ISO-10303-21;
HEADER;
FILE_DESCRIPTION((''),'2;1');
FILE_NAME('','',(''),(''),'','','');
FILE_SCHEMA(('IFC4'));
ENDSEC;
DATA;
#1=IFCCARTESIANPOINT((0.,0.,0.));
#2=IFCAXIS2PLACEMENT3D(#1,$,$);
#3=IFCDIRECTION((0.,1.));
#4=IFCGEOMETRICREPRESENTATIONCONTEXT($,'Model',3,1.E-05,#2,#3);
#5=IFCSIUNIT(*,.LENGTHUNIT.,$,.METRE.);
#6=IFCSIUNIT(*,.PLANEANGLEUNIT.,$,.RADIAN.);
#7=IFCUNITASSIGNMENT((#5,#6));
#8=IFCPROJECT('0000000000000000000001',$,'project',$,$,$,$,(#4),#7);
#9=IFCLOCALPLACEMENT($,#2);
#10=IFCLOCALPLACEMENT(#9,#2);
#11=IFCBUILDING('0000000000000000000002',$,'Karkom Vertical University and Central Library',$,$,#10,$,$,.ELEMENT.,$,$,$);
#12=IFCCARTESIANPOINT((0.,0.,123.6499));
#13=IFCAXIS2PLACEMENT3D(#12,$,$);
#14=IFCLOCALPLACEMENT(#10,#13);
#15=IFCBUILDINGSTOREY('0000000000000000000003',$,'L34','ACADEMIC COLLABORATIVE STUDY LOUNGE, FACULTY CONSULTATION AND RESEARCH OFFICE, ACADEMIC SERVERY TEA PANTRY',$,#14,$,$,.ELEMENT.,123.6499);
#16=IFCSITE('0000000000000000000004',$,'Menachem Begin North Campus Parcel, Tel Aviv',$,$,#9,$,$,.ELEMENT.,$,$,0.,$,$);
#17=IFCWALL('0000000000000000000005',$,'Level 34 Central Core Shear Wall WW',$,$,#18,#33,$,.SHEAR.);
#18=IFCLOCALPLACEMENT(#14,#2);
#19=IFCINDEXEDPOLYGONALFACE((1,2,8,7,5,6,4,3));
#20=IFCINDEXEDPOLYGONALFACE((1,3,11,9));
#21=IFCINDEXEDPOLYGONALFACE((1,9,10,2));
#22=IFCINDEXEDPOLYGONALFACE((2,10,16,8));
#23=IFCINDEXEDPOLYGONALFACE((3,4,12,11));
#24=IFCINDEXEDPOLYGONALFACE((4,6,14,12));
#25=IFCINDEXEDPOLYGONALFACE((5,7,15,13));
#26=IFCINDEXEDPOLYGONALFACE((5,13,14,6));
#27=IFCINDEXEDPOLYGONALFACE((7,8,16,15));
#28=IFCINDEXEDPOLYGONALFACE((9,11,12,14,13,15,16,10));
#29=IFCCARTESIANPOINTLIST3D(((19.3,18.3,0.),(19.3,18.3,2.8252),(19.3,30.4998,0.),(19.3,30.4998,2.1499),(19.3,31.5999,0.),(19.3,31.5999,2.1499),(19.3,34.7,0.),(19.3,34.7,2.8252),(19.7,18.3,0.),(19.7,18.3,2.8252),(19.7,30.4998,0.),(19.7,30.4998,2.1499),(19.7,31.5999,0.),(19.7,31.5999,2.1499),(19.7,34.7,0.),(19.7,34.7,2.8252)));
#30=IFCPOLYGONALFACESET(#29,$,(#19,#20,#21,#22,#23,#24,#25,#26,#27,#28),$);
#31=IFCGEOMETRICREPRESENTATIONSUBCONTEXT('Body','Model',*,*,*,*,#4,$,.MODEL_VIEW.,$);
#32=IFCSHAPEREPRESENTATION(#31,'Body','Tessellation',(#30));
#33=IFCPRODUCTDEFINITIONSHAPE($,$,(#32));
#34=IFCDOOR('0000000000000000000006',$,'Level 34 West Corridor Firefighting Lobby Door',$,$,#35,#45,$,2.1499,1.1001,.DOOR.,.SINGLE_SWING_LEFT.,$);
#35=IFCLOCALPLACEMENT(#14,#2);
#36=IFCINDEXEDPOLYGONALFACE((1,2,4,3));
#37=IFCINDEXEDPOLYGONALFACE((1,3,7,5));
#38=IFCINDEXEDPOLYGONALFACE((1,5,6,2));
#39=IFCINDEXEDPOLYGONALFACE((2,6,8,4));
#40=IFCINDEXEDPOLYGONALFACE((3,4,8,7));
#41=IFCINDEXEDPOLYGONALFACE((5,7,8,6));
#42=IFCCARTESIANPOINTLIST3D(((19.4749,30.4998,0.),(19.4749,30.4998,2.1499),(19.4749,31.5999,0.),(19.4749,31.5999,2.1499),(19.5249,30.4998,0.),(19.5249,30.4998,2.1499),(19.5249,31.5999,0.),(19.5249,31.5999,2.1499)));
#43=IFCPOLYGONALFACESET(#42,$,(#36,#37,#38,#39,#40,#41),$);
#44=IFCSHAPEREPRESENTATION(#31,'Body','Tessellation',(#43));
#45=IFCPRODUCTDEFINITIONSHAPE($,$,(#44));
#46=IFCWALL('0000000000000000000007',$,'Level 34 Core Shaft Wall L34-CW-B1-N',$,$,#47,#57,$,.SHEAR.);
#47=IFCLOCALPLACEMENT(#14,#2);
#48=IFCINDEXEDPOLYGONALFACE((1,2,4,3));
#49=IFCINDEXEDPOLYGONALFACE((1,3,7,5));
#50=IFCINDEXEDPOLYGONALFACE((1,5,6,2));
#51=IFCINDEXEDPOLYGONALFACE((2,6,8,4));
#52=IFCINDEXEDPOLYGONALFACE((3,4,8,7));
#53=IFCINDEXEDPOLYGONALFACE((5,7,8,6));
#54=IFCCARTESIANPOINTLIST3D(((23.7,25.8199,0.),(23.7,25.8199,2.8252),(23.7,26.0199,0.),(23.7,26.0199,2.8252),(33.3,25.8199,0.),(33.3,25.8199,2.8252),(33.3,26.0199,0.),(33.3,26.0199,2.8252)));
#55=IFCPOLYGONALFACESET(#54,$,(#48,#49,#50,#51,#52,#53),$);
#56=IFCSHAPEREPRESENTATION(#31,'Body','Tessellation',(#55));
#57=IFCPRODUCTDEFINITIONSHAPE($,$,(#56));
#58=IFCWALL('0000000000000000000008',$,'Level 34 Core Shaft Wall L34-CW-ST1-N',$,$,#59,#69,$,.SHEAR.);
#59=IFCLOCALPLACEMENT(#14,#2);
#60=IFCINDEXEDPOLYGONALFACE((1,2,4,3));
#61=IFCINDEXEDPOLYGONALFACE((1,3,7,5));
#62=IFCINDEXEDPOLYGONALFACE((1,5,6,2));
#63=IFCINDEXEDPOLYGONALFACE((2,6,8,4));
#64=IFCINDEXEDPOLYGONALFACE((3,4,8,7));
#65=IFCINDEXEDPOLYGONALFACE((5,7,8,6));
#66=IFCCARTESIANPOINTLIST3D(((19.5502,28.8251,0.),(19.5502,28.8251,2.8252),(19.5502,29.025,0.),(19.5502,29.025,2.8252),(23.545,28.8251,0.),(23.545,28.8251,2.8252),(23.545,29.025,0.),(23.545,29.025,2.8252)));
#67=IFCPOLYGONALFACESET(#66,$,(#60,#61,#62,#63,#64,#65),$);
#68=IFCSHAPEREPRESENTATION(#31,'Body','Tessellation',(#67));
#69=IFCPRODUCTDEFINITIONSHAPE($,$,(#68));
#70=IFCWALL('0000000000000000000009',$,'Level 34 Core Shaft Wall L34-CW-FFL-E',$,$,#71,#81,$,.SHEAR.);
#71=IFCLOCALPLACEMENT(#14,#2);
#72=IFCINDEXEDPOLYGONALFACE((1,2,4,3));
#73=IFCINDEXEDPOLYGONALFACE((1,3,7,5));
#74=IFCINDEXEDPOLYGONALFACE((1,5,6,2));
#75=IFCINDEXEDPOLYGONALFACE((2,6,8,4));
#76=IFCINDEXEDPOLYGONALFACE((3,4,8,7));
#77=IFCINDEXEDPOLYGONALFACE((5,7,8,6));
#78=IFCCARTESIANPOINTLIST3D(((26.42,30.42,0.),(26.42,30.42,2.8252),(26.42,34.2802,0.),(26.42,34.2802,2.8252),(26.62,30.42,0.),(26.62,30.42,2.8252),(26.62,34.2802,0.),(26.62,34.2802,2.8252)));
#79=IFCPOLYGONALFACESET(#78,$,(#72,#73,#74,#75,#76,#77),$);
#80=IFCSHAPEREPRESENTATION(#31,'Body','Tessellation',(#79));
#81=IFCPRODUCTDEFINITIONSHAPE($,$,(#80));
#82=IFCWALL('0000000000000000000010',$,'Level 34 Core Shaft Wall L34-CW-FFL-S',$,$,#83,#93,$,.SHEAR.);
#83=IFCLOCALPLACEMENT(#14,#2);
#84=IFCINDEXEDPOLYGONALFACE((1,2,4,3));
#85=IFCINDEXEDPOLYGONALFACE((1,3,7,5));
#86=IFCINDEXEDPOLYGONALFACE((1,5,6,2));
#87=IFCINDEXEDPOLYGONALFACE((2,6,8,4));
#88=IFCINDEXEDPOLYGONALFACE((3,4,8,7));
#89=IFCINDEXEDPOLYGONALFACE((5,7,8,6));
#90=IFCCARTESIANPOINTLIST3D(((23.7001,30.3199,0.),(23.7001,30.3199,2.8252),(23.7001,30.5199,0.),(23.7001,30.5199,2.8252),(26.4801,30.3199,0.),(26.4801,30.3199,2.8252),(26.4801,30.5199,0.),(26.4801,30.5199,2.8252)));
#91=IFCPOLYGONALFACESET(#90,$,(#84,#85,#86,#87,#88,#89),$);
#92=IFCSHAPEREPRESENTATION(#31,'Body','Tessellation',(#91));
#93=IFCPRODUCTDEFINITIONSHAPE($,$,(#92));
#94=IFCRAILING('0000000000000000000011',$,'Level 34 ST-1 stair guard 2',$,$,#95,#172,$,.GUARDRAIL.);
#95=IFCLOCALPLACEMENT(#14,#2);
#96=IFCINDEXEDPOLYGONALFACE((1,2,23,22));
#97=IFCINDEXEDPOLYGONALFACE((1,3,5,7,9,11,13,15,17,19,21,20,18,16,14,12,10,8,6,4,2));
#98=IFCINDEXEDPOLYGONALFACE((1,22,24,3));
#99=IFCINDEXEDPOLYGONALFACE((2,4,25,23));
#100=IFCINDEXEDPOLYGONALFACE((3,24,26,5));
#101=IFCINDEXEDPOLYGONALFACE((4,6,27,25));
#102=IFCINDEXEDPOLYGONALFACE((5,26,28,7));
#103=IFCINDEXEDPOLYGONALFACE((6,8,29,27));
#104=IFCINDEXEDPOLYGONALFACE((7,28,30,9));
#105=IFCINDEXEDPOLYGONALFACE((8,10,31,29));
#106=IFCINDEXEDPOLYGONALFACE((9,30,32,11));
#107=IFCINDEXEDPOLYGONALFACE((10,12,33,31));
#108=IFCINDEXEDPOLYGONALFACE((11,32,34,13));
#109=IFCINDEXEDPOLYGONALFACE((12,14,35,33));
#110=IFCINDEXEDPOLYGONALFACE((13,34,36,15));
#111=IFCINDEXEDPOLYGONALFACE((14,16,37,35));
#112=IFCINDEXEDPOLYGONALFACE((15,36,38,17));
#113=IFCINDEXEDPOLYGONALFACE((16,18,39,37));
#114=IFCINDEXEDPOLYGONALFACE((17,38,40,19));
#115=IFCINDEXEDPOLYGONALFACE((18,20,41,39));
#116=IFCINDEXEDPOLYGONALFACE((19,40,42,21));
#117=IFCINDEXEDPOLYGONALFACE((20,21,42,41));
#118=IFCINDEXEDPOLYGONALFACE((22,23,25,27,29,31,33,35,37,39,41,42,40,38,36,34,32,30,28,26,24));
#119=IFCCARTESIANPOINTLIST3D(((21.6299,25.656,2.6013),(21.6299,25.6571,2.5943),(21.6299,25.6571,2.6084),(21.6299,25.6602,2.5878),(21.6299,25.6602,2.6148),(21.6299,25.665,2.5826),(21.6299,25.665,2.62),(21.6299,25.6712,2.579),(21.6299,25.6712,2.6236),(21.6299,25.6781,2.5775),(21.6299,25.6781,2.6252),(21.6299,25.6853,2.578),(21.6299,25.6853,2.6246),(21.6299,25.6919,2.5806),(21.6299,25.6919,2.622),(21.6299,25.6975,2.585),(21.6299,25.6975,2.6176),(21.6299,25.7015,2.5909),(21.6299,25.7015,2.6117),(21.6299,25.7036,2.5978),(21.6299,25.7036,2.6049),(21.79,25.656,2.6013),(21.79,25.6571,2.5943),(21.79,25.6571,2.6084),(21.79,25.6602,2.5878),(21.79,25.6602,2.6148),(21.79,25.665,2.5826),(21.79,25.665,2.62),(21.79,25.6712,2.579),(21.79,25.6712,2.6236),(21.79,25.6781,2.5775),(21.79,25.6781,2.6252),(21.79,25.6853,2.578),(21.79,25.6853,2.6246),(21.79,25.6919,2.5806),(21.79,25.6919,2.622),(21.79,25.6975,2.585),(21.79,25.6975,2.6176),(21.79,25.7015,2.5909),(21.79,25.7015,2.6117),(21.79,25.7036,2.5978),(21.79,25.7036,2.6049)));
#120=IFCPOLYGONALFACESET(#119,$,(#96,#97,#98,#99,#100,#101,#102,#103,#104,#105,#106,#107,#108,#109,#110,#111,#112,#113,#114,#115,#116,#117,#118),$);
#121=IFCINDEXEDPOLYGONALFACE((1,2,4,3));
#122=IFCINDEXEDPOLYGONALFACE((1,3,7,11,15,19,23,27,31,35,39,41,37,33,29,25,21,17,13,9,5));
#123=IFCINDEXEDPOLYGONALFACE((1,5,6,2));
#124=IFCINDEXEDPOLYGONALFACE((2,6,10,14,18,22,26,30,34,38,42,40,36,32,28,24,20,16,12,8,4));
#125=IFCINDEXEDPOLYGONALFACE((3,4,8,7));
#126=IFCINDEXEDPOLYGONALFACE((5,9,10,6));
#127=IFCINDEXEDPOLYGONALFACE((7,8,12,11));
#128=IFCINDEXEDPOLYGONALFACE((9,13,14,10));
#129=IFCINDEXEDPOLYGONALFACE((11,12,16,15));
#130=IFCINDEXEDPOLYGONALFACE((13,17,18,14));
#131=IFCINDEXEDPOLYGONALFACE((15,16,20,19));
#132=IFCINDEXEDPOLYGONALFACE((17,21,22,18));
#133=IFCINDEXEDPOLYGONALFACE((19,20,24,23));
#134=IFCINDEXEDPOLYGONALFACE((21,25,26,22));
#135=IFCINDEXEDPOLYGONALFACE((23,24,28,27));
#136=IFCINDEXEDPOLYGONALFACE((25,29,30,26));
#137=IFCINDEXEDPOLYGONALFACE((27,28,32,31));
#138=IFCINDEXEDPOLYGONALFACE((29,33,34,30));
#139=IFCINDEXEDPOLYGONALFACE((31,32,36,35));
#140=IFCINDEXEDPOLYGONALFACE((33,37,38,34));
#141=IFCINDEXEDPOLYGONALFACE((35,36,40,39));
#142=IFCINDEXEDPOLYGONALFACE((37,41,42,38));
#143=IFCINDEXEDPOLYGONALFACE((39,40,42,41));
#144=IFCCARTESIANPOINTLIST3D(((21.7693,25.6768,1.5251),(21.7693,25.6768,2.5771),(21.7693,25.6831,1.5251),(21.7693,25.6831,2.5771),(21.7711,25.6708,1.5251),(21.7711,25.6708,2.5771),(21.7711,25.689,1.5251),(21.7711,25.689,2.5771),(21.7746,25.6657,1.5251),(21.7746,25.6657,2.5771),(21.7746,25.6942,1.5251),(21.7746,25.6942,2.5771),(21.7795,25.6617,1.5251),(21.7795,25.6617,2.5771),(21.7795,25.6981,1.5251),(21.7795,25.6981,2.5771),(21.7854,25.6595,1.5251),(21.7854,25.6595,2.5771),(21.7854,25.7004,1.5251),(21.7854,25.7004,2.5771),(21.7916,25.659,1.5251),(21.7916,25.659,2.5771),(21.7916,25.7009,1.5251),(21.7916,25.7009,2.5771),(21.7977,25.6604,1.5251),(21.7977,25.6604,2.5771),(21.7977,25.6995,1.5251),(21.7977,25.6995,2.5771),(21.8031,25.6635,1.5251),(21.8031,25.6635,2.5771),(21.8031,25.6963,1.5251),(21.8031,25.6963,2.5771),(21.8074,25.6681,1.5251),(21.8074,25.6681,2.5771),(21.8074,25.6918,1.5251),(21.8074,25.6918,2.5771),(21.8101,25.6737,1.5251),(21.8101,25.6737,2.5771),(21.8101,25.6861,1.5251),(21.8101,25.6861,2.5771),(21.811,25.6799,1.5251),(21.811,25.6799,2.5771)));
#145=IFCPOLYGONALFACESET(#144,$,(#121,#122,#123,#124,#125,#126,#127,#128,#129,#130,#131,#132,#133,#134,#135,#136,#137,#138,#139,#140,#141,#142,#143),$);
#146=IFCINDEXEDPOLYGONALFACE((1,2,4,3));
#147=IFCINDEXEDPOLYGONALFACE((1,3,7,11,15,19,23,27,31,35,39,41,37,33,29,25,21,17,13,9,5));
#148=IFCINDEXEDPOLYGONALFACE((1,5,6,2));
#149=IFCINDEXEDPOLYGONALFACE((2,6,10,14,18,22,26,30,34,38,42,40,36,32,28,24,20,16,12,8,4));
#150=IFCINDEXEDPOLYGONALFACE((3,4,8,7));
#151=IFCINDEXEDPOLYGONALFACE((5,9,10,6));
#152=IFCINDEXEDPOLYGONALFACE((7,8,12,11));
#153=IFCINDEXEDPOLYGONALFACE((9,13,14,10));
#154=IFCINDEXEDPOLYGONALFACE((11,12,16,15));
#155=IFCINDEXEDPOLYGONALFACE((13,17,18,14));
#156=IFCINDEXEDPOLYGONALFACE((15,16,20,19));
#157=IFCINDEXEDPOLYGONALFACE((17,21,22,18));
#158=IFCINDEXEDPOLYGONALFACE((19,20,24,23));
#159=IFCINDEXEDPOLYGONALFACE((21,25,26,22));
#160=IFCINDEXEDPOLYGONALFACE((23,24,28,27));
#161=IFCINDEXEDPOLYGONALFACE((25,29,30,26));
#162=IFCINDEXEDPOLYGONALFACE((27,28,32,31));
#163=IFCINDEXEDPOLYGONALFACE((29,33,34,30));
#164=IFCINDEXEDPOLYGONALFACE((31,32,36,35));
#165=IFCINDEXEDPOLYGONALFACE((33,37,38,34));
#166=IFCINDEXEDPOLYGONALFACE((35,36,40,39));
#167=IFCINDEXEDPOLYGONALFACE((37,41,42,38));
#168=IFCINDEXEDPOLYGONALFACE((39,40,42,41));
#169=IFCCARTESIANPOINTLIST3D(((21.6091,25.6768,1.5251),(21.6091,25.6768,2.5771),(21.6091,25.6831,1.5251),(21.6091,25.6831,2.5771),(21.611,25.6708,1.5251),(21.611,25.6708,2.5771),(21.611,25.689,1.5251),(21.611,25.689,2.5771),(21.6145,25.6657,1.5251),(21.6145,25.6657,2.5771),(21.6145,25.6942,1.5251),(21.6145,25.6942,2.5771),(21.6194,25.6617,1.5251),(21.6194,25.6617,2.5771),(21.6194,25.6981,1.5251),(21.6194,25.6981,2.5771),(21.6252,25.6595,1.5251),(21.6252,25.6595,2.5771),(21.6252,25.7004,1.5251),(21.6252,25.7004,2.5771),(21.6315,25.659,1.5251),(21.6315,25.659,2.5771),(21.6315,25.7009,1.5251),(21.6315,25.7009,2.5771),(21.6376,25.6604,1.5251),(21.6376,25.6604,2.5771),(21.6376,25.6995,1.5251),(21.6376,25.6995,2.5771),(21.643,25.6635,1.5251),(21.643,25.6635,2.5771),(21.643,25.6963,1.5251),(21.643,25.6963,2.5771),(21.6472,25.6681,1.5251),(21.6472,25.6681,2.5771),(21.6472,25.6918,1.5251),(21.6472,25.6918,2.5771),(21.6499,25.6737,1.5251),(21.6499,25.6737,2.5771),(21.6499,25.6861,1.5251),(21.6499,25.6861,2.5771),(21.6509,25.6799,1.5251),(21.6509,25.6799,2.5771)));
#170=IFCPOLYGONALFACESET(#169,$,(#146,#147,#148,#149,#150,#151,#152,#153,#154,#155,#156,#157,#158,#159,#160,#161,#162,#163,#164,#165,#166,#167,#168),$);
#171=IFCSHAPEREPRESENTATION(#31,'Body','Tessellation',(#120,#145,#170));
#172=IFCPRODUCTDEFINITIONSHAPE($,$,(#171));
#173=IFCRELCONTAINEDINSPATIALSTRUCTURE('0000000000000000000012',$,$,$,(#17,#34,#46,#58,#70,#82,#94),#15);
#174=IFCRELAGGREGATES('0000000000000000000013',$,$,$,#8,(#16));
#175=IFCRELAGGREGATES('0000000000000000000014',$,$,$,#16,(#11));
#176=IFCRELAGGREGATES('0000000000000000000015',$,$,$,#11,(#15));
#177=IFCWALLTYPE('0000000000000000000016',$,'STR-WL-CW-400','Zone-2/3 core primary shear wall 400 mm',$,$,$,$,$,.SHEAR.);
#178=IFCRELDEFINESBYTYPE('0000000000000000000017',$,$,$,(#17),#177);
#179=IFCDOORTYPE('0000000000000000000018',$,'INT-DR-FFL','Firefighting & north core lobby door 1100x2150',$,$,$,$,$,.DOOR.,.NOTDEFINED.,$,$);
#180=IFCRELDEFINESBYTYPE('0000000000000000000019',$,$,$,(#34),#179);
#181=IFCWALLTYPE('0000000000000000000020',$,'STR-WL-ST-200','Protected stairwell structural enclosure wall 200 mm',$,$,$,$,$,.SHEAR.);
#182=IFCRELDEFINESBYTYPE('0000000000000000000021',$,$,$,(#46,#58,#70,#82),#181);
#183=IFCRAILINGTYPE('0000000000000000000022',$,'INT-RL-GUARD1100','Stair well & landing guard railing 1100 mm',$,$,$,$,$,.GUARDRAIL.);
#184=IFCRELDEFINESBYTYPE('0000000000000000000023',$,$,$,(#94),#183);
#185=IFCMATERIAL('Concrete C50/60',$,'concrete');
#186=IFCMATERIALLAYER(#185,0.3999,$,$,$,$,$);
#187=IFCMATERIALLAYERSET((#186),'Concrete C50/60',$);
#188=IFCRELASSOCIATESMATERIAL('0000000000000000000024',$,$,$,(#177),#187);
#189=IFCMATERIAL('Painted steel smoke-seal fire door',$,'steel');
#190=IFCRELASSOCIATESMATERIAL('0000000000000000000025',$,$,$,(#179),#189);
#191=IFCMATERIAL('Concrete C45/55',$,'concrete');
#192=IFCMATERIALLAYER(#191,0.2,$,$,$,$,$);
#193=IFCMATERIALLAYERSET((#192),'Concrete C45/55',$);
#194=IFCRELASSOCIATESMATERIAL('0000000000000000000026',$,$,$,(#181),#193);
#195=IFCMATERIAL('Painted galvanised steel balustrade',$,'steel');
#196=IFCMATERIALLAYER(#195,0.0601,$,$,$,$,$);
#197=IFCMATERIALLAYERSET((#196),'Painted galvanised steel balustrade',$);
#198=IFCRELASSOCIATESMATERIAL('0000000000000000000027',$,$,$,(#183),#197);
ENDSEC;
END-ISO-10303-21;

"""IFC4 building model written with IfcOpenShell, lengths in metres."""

from ifc_helpers import new_model, si_unit, direction, frame, frame_2d, origin, origin_with_axes, origin_2d, place, context, subcontext, project, spatial, rectangle, circle, extrude, source, transform, mapped, material, layer, layer_set, type_object, element, fill, save


model = new_model("IFC4")

# Units and contexts
model_context = context("Model", 3, precision=1e-05, world=origin(), true_north=direction((0.0, 1.0)))
body_context = subcontext(model_context, "Body", "Model", "MODEL_VIEW")
ifc_project = project(units=[si_unit("LENGTHUNIT", "METRE"), si_unit("PLANEANGLEUNIT", "RADIAN")], contexts=[model_context])

# Site, building, storey
site_placement = place(None, origin())
site = spatial("IfcSite", under=ifc_project, at=site_placement, Name="Menachem Begin North Campus Parcel, Tel Aviv", CompositionType="ELEMENT", RefElevation=0.0)
building_placement = place(site_placement, origin())
building = spatial("IfcBuilding", under=site, at=building_placement, Name="Karkom Vertical University and Central Library", CompositionType="ELEMENT")
storey_placement = place(building_placement, frame((0.0, 0.0, 123.6499)))
storey = spatial("IfcBuildingStorey", under=building, at=storey_placement, Name="L34", Description="ACADEMIC COLLABORATIVE STUDY LOUNGE, FACULTY CONSULTATION AND RESEARCH OFFICE, ACADEMIC SERVERY TEA PANTRY", CompositionType="ELEMENT", Elevation=123.6499)

# Shared definitions
ifc_material_1 = material(Name="Concrete C50/60", Category="concrete")

# Wall, opening, door
ifc_layer_1 = layer(ifc_material_1, 0.3999)
ifc_layer_set_1 = layer_set([ifc_layer_1], Name="Concrete C50/60")
wall_type_1 = type_object("IfcWallType", Name="STR-WL-CW-400", Description="Zone-2/3 core primary shear wall 400 mm", PredefinedType="SHEAR", material=ifc_layer_set_1)
wall_1_placement = place(storey_placement, frame((19.5, 34.7, 0.0), z_axis=(0.0, 0.0, 1.0), x_axis=(0.0, -1.0, 0.0)))
wall_1 = element("IfcWall", 1, at=wall_1_placement, inside=storey, type_object=wall_type_1, Name="Level 34 Central Core Shear Wall WW", PredefinedType="SHEAR", context=body_context, shape_type="SweptSolid", body=[
    extrude(rectangle(XDim=16.3999, YDim=0.3999, at=frame_2d((8.2, 0.0))), origin(), (0.0, 0.0, 1.0), 2.8252),
])
opening_1_placement = place(wall_1_placement, frame((3.1001, 0.0, 0.0)))
opening_1 = element("IfcOpeningElement", 2, at=opening_1_placement, cuts=wall_1, PredefinedType="OPENING", context=body_context, shape_type="SweptSolid", body=[
    extrude(rectangle(XDim=1.1001, YDim=2.1499, at=frame_2d((0.55, 1.075))), frame((0.0, 0.21, 0.0), z_axis=(0.0, -1.0, 0.0), x_axis=(1.0, 0.0, 0.0)), (0.0, 0.0, 1.0), 0.4199),
])
ifc_material_2 = material(Name="Painted steel smoke-seal fire door", Category="steel")
door_type_1 = type_object("IfcDoorType", Name="INT-DR-FFL", Description="Firefighting & north core lobby door 1100x2150", OperationType="NOTDEFINED", PredefinedType="DOOR", material=ifc_material_2)
shared_shape_1 = source(origin_with_axes(), body_context, "Body", "SweptSolid", [
    extrude(rectangle(XDim=1.1001, YDim=2.1499, at=frame_2d((0.55, 1.075))), frame((0.0, 0.0249, 0.0), z_axis=(0.0, -1.0, 0.0), x_axis=(1.0, 0.0, 0.0)), (0.0, 0.0, 1.0), 0.05),
])
door_1_placement = place(opening_1_placement, origin())
door_1 = element("IfcDoor", 3, at=door_1_placement, inside=storey, type_object=door_type_1, Name="Level 34 West Corridor Firefighting Lobby Door", OperationType="SINGLE_SWING_LEFT", OverallHeight=2.1499, OverallWidth=1.1001, PredefinedType="DOOR", context=body_context, shape_type="MappedRepresentation", body=[
    mapped(shared_shape_1, transform((0.0, 0.0, 0.0), scale=1.0)),
])
fill(opening_1, door_1)

# Wall
ifc_material_3 = material(Name="Concrete C45/55", Category="concrete")
ifc_layer_2 = layer(ifc_material_3, 0.2)
ifc_layer_set_2 = layer_set([ifc_layer_2], Name="Concrete C45/55")
wall_type_2 = type_object("IfcWallType", Name="STR-WL-ST-200", Description="Protected stairwell structural enclosure wall 200 mm", PredefinedType="SHEAR", material=ifc_layer_set_2)
wall_2_placement = place(storey_placement, frame((23.7, 25.9199, 0.0), z_axis=(0.0, 0.0, 1.0), x_axis=(1.0, 0.0, 0.0)))
element("IfcWall", 4, at=wall_2_placement, inside=storey, type_object=wall_type_2, Name="Level 34 Core Shaft Wall L34-CW-B1-N", PredefinedType="SHEAR", context=body_context, shape_type="SweptSolid", body=[
    extrude(rectangle(XDim=9.6001, YDim=0.2, at=frame_2d((4.8, 0.0))), origin(), (0.0, 0.0, 1.0), 2.8252),
])

# Walls
wall_3_placement = place(storey_placement, frame((19.55, 28.925, 0.0), z_axis=(0.0, 0.0, 1.0), x_axis=(1.0, 0.0, 0.0)))
element("IfcWall", 5, at=wall_3_placement, inside=storey, type_object=wall_type_2, Name="Level 34 Core Shaft Wall L34-CW-ST1-N", PredefinedType="SHEAR", context=body_context, shape_type="SweptSolid", body=[
    extrude(rectangle(XDim=3.9949, YDim=0.2, at=frame_2d((1.9976, 0.0))), origin(), (0.0, 0.0, 1.0), 2.8252),
])
wall_4_placement = place(storey_placement, frame((26.52, 30.4199, 0.0), z_axis=(0.0, 0.0, 1.0), x_axis=(0.0, 1.0, 0.0)))
element("IfcWall", 6, at=wall_4_placement, inside=storey, type_object=wall_type_2, Name="Level 34 Core Shaft Wall L34-CW-FFL-E", PredefinedType="SHEAR", context=body_context, shape_type="SweptSolid", body=[
    extrude(rectangle(XDim=3.8601, YDim=0.2, at=frame_2d((1.9302, 0.0))), origin(), (0.0, 0.0, 1.0), 2.8252),
])
wall_5_placement = place(storey_placement, frame((23.7, 30.4199, 0.0), z_axis=(0.0, 0.0, 1.0), x_axis=(1.0, 0.0, 0.0)))
element("IfcWall", 7, at=wall_5_placement, inside=storey, type_object=wall_type_2, Name="Level 34 Core Shaft Wall L34-CW-FFL-S", PredefinedType="SHEAR", context=body_context, shape_type="SweptSolid", body=[
    extrude(rectangle(XDim=2.78, YDim=0.2, at=frame_2d((1.3901, 0.0))), origin(), (0.0, 0.0, 1.0), 2.8252),
])

# Railing
ifc_material_4 = material(Name="Painted galvanised steel balustrade", Category="steel")
ifc_layer_3 = layer(ifc_material_4, 0.0601)
ifc_layer_set_3 = layer_set([ifc_layer_3], Name="Painted galvanised steel balustrade")
railing_type_1 = type_object("IfcRailingType", Name="INT-RL-GUARD1100", Description="Stair well & landing guard railing 1100 mm", PredefinedType="GUARDRAIL", material=ifc_layer_set_3)
railing_1_placement = place(storey_placement, frame((21.79, 25.6799, 1.5251)))
element("IfcRailing", 8, at=railing_1_placement, inside=storey, type_object=railing_type_1, Name="Level 34 ST-1 stair guard 2", PredefinedType="GUARDRAIL", context=body_context, shape_type="SweptSolid", body=[
    extrude(circle(Radius=0.0239, at=origin_2d()), frame((0.0, 0.0, 1.0762), z_axis=(-1.0, 0.0, 0.0), x_axis=(0.0, -1.0, 0.0)), (0.0, 0.0, 1.0), 0.1602),
    extrude(circle(Radius=0.021, at=origin_2d()), origin(), (0.0, 0.0, 1.0), 1.052),
    extrude(circle(Radius=0.021, at=origin_2d()), frame((-0.1602, 0.0, 0.0)), (0.0, 0.0, 1.0), 1.052),
])

save(model, "model.ifc")
